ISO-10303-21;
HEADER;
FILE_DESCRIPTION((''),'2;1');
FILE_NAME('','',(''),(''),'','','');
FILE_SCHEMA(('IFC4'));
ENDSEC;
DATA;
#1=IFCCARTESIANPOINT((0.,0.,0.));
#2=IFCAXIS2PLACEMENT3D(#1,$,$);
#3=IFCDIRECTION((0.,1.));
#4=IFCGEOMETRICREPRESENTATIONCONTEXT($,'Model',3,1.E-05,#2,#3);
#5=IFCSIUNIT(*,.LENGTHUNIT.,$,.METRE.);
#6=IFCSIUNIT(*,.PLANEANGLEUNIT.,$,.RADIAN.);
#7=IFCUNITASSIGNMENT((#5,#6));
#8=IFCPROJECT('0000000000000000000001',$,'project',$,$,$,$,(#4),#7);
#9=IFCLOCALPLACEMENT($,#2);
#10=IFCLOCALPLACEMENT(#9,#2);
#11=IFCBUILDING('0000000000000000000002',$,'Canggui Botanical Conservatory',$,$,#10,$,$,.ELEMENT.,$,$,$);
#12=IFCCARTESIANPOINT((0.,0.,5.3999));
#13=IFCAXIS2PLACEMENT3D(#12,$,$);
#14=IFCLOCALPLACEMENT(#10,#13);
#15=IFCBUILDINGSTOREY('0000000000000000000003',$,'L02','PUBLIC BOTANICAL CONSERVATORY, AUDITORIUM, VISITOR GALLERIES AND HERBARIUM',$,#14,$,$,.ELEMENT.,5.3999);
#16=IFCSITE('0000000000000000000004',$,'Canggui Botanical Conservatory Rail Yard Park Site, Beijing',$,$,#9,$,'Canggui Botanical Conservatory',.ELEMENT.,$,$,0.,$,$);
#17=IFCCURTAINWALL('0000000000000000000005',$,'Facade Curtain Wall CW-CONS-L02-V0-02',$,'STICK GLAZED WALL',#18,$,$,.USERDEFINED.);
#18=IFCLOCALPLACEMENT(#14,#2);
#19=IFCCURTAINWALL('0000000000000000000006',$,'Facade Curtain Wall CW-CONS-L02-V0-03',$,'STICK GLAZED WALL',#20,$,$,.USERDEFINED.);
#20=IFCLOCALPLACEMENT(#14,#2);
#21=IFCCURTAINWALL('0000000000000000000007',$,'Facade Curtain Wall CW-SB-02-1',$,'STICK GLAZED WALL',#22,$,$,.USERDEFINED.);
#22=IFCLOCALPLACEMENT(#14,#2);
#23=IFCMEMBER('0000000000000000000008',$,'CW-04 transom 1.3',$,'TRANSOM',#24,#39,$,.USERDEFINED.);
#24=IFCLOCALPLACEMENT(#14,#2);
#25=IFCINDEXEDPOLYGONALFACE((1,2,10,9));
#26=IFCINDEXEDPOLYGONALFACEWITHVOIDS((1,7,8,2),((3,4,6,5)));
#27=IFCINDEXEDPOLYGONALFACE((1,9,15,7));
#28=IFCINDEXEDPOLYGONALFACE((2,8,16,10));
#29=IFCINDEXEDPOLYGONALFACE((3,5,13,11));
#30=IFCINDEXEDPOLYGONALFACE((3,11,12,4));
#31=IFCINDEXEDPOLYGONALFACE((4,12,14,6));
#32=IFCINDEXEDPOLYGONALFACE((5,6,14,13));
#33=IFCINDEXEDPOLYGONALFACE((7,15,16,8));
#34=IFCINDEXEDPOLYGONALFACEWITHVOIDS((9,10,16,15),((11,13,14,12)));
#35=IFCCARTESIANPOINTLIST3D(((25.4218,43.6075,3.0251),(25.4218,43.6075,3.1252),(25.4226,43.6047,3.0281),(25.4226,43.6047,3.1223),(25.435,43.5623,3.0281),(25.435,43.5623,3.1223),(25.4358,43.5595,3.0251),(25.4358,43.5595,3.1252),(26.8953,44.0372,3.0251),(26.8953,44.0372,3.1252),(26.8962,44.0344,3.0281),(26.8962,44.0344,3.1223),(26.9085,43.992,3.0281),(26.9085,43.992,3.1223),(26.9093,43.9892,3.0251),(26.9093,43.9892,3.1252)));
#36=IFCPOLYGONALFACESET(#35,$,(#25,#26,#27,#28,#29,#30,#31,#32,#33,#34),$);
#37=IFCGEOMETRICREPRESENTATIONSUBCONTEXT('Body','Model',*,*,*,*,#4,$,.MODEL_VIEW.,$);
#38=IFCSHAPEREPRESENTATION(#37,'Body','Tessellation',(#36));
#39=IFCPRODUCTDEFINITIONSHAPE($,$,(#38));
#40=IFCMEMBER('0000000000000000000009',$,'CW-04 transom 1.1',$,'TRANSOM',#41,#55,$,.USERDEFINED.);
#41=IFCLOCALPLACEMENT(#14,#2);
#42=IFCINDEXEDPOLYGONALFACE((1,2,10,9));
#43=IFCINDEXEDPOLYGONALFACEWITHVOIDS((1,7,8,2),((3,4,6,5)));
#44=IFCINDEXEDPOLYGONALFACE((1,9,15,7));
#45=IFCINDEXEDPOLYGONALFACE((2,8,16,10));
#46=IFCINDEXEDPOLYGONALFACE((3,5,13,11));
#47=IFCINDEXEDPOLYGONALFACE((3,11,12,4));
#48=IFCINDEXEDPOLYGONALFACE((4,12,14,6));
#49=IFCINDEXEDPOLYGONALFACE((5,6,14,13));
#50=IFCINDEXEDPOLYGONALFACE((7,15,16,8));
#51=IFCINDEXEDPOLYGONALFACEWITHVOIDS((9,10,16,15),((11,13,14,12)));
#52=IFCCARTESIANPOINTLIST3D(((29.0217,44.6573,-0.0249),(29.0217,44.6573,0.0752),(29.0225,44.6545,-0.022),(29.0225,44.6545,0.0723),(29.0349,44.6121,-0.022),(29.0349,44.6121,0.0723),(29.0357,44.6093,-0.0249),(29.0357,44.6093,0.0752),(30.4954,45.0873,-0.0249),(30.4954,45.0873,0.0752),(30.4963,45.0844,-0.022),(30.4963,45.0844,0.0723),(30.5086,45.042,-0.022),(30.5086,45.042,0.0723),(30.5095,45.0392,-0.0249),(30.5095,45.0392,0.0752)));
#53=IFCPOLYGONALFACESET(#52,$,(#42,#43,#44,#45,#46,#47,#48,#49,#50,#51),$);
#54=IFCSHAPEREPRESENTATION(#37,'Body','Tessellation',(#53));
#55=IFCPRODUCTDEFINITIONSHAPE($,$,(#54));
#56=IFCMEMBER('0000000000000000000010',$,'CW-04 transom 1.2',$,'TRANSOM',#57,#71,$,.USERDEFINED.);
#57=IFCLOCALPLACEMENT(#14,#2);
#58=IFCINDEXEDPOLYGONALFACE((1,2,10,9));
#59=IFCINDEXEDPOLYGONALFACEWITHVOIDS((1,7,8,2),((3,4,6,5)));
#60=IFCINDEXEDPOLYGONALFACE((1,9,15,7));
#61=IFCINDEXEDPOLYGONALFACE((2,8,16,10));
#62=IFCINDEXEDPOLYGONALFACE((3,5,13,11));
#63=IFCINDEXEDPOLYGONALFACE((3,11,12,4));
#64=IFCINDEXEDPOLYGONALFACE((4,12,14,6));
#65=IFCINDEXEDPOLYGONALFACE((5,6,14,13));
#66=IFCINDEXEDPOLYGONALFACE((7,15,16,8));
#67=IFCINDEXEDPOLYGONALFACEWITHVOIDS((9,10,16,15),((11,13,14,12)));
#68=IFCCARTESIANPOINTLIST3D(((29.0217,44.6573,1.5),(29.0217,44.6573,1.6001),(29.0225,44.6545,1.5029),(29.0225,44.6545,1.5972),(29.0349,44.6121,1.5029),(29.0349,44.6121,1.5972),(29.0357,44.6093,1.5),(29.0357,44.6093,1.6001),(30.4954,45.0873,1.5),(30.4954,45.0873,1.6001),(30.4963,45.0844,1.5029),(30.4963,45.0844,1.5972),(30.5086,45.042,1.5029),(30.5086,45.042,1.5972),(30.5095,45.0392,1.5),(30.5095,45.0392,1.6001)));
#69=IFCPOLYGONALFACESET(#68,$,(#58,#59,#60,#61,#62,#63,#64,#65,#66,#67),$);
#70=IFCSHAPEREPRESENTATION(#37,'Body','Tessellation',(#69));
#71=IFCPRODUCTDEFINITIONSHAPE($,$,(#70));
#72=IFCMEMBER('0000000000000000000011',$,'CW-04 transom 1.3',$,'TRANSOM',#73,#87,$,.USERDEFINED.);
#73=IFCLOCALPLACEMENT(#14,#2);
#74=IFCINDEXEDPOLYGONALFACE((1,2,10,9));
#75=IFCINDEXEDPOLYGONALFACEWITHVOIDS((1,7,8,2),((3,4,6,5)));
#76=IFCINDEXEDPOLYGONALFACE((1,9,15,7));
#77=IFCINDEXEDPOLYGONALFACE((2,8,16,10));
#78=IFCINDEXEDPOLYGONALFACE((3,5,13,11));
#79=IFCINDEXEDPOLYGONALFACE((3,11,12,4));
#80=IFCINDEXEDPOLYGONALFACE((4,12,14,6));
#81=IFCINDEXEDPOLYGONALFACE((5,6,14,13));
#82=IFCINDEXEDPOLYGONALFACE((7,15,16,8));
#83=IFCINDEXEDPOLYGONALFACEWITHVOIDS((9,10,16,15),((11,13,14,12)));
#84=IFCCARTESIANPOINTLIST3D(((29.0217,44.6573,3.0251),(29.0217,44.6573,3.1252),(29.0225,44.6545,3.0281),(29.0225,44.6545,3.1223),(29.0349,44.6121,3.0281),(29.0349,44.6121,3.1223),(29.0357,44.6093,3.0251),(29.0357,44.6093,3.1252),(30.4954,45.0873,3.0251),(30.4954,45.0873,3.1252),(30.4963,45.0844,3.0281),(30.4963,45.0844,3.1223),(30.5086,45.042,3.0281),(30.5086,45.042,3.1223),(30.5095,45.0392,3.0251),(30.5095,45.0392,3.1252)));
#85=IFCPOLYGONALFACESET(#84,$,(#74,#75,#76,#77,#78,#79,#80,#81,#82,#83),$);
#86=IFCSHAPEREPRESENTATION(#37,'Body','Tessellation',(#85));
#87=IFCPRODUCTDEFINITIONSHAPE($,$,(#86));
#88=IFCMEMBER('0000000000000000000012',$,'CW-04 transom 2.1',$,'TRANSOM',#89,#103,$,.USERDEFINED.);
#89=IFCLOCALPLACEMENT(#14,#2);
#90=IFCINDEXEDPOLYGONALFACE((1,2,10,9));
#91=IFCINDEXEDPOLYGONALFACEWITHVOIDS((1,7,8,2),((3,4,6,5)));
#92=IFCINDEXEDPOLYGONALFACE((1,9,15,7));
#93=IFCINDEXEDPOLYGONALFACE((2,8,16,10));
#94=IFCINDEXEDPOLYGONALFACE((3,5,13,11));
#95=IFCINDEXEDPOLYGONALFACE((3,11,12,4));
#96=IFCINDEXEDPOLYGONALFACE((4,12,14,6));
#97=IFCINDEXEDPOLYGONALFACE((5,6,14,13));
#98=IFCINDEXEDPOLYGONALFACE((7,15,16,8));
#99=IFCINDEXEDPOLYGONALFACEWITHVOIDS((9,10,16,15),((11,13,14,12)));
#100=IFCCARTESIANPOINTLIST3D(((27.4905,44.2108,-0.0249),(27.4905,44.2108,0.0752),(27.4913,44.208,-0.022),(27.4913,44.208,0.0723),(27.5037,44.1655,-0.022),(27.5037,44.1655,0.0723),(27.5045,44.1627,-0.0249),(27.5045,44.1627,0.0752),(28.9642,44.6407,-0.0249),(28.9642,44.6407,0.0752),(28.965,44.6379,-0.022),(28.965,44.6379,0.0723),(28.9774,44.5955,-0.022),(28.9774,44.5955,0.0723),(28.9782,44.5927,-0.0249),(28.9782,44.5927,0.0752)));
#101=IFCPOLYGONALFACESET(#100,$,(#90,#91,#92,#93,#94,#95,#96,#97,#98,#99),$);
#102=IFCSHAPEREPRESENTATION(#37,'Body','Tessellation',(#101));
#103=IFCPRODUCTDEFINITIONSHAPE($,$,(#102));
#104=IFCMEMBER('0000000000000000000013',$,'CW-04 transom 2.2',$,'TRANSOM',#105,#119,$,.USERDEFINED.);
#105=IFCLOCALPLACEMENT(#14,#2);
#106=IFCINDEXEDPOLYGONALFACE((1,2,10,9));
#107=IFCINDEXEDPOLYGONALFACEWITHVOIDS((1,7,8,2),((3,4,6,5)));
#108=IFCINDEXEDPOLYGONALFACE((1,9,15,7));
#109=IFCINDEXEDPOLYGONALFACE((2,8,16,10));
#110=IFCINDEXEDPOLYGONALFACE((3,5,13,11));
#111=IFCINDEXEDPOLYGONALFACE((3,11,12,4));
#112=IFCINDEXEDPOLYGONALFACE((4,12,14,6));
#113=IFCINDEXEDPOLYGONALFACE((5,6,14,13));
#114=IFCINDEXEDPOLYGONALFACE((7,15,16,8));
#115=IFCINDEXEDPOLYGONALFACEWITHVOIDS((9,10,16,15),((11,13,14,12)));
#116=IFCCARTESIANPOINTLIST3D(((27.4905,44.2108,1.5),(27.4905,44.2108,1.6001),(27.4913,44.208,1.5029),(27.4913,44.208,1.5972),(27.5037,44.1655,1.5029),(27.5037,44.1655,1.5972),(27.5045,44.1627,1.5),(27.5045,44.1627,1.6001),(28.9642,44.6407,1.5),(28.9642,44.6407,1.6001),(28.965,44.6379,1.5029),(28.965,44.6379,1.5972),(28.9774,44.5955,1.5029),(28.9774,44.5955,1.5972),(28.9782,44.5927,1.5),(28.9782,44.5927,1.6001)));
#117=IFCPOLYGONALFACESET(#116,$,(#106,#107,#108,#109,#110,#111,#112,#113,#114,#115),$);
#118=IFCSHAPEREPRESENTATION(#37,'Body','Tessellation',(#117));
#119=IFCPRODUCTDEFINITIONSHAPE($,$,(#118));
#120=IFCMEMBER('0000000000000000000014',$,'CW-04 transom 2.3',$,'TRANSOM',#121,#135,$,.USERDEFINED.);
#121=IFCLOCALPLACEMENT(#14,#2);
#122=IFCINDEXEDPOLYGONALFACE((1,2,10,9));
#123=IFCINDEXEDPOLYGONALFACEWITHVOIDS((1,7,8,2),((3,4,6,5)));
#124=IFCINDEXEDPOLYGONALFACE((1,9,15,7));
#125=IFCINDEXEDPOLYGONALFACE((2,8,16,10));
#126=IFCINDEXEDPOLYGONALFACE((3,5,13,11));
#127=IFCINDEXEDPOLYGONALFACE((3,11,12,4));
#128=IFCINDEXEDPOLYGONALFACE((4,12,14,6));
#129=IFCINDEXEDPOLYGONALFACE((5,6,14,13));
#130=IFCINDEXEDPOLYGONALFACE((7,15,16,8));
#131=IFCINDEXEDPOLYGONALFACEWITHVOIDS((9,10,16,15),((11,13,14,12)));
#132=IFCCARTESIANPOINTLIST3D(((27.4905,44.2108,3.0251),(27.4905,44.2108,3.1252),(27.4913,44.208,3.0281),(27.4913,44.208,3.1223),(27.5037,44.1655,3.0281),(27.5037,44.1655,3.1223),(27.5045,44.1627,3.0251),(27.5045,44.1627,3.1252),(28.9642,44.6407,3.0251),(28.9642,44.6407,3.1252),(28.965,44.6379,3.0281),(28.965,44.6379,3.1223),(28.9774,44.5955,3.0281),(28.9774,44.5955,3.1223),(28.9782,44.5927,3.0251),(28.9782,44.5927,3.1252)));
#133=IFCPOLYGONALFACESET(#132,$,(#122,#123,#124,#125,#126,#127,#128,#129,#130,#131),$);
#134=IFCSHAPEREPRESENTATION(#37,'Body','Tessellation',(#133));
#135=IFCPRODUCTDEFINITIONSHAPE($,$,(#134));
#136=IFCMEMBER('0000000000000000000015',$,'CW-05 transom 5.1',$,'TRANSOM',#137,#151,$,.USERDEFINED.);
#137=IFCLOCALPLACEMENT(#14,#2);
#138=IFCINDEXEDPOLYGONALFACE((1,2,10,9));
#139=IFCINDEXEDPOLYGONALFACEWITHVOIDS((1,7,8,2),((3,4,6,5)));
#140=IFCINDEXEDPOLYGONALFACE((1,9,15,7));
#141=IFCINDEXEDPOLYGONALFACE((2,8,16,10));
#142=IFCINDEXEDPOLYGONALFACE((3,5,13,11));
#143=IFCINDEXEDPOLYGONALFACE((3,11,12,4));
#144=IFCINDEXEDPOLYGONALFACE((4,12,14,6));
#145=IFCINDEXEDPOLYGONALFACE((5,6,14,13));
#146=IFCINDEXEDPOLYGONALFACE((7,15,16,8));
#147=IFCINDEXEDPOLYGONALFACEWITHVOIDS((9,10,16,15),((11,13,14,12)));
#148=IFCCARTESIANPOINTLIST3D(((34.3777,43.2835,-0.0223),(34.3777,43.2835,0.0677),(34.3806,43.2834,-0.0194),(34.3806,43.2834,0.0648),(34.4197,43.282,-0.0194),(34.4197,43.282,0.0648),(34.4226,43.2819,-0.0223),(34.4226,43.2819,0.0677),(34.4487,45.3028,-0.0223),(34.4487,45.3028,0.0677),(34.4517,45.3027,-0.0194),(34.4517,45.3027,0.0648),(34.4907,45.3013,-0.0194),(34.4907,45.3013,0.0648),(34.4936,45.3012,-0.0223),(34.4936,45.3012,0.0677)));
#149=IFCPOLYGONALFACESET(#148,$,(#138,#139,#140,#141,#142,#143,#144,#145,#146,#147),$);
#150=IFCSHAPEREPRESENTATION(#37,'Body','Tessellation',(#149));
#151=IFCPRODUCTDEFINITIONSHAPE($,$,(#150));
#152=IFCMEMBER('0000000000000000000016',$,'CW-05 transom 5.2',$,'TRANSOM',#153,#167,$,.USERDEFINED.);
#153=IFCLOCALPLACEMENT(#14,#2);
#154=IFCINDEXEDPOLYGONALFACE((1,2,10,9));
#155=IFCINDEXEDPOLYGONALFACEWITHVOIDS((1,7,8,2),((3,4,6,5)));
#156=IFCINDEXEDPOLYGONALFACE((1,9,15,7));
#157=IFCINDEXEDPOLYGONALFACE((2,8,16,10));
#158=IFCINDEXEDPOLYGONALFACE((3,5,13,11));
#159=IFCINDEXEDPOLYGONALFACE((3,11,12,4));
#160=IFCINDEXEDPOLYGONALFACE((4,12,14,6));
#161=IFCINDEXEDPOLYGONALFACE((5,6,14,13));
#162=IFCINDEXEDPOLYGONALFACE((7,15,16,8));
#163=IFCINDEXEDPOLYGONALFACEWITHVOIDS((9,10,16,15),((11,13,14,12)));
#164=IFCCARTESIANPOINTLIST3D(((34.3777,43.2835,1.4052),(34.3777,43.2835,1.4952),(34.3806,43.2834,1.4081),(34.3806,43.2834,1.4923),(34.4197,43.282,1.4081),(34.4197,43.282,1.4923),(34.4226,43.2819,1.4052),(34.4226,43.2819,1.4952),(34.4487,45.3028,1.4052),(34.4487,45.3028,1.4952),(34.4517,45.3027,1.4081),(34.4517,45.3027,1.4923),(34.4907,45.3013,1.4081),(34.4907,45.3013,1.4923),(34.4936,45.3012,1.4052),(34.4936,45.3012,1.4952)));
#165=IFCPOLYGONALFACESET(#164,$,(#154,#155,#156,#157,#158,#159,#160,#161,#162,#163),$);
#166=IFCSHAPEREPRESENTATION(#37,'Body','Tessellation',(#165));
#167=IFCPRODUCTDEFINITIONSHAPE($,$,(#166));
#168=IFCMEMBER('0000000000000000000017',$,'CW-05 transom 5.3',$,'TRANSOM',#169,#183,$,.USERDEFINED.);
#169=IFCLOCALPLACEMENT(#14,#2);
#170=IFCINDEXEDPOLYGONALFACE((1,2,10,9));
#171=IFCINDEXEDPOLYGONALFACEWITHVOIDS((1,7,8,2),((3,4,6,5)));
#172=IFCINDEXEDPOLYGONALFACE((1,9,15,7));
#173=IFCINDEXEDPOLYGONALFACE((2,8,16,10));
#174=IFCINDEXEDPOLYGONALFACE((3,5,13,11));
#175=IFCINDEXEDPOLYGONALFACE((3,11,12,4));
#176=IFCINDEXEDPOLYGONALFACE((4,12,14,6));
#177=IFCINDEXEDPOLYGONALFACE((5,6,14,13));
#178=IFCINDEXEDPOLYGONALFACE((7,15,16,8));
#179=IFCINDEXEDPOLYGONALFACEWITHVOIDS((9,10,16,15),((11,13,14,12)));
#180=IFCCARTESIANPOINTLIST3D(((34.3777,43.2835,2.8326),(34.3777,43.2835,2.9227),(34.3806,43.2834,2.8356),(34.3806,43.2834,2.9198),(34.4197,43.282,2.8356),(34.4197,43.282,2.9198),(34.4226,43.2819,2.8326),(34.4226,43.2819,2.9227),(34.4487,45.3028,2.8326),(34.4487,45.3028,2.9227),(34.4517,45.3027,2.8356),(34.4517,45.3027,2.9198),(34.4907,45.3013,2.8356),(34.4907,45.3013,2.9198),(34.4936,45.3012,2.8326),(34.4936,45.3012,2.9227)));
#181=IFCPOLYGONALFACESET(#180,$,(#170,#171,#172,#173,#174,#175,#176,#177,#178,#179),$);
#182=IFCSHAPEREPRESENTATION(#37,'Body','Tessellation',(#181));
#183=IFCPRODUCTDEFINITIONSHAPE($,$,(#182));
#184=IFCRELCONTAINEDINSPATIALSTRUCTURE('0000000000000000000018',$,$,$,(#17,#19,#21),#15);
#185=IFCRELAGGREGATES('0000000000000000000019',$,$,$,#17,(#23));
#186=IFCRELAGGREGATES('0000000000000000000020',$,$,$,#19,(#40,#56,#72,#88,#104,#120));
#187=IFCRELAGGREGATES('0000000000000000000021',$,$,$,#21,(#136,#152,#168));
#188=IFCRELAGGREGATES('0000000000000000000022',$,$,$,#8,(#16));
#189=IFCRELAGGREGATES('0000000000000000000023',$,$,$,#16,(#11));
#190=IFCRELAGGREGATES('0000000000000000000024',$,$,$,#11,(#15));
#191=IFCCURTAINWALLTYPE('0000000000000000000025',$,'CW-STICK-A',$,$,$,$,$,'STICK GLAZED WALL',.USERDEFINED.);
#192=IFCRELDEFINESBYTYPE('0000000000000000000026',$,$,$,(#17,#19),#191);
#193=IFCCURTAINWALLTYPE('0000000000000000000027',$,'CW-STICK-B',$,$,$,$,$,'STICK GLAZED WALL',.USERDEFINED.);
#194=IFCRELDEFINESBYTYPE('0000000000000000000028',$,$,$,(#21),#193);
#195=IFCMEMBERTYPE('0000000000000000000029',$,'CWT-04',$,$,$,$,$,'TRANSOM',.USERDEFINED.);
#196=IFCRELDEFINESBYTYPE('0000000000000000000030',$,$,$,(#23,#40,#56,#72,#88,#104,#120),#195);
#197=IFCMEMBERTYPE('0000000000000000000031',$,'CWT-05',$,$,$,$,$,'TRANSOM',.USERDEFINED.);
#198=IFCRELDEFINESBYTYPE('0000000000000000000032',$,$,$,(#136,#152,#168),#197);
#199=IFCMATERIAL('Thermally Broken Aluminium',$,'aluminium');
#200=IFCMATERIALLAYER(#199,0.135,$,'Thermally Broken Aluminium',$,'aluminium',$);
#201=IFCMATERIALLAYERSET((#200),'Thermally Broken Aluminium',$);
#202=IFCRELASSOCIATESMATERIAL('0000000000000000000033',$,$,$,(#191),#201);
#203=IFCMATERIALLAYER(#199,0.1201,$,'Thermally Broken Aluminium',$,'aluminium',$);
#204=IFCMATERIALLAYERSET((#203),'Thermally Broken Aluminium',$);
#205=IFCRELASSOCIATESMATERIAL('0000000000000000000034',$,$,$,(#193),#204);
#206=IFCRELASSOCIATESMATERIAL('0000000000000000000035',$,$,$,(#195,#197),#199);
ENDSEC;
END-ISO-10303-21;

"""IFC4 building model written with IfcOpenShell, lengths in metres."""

from ifc_helpers import new_model, si_unit, direction, frame, origin, origin_2d, place, context, subcontext, project, spatial, hollow_rectangle, extrude, material, layer, layer_set, material_profile, profile_set, type_object, element, aggregate, save


model = new_model("IFC4")

# Units and contexts
model_context = context("Model", 3, precision=1e-05, world=origin(), true_north=direction((0.0, 1.0)))
body_context = subcontext(model_context, "Body", "Model", "MODEL_VIEW")
ifc_project = project(units=[si_unit("LENGTHUNIT", "METRE"), si_unit("PLANEANGLEUNIT", "RADIAN")], contexts=[model_context])

# Site, building, storey
site_placement = place(None, origin())
site = spatial("IfcSite", under=ifc_project, at=site_placement, Name="Canggui Botanical Conservatory Rail Yard Park Site, Beijing", LongName="Canggui Botanical Conservatory", CompositionType="ELEMENT", RefElevation=0.0)
building_placement = place(site_placement, origin())
building = spatial("IfcBuilding", under=site, at=building_placement, Name="Canggui Botanical Conservatory", CompositionType="ELEMENT")
storey_placement = place(building_placement, frame((0.0, 0.0, 5.3999)))
storey = spatial("IfcBuildingStorey", under=building, at=storey_placement, Name="L02", Description="PUBLIC BOTANICAL CONSERVATORY, AUDITORIUM, VISITOR GALLERIES AND HERBARIUM", CompositionType="ELEMENT", Elevation=5.3999)

# Curtain wall
ifc_material_1 = material(Name="Thermally Broken Aluminium", Category="aluminium")
ifc_layer_1 = layer(ifc_material_1, 0.135, Name="Thermally Broken Aluminium", Category="aluminium")
ifc_layer_set_1 = layer_set([ifc_layer_1], Name="Thermally Broken Aluminium")
curtain_wall_type_1 = type_object("IfcCurtainWallType", Name="CW-STICK-A", ElementType="STICK GLAZED WALL", PredefinedType="USERDEFINED", material=ifc_layer_set_1)
curtain_wall_1_placement = place(storey_placement, origin())
curtain_wall_1 = element("IfcCurtainWall", 1, at=curtain_wall_1_placement, inside=storey, type_object=curtain_wall_type_1, Name="Facade Curtain Wall CW-CONS-L02-V0-02", ObjectType="STICK GLAZED WALL", PredefinedType="USERDEFINED")

# Curtain wall
curtain_wall_2_placement = place(storey_placement, origin())
curtain_wall_2 = element("IfcCurtainWall", 2, at=curtain_wall_2_placement, inside=storey, type_object=curtain_wall_type_1, Name="Facade Curtain Wall CW-CONS-L02-V0-03", ObjectType="STICK GLAZED WALL", PredefinedType="USERDEFINED")

# Curtain wall
ifc_layer_2 = layer(ifc_material_1, 0.1201, Name="Thermally Broken Aluminium", Category="aluminium")
ifc_layer_set_2 = layer_set([ifc_layer_2], Name="Thermally Broken Aluminium")
curtain_wall_type_2 = type_object("IfcCurtainWallType", Name="CW-STICK-B", ElementType="STICK GLAZED WALL", PredefinedType="USERDEFINED", material=ifc_layer_set_2)
curtain_wall_3_placement = place(storey_placement, origin())
curtain_wall_3 = element("IfcCurtainWall", 3, at=curtain_wall_3_placement, inside=storey, type_object=curtain_wall_type_2, Name="Facade Curtain Wall CW-SB-02-1", ObjectType="STICK GLAZED WALL", PredefinedType="USERDEFINED")

# Members
ifc_material_profile_1 = material_profile(ifc_material_1, hollow_rectangle(XDim=0.05, YDim=0.1001, WallThickness=0.0029, at=origin_2d()), Name="CWT 50x100x3")
ifc_profile_set_1 = profile_set([ifc_material_profile_1], Name="Thermally Broken Aluminium")
member_type_1 = type_object("IfcMemberType", Name="CWT-04", ElementType="TRANSOM", PredefinedType="USERDEFINED", material=ifc_profile_set_1)
member_1_placement = place(storey_placement, frame((26.9023, 44.0132, 3.0752), z_axis=(-0.960021, -0.279927, 0.0), x_axis=(0.279927, -0.960021, 0.0)))
member_1 = element("IfcMember", 4, at=member_1_placement, type_object=member_type_1, Name="CW-04 transom 1.3", ObjectType="TRANSOM", PredefinedType="USERDEFINED", context=body_context, shape_type="SweptSolid", body=[
    extrude(hollow_rectangle(XDim=0.05, YDim=0.1001, WallThickness=0.0029, at=origin_2d()), origin(), (0.0, 0.0, 1.0), 1.5349),
])
member_2_placement = place(storey_placement, frame((30.5024, 45.0632, 0.0251), z_axis=(-0.959979, -0.280073, 0.0), x_axis=(0.280073, -0.959979, 0.0)))
member_2 = element("IfcMember", 5, at=member_2_placement, type_object=member_type_1, Name="CW-04 transom 1.1", ObjectType="TRANSOM", PredefinedType="USERDEFINED", context=body_context, shape_type="SweptSolid", body=[
    extrude(hollow_rectangle(XDim=0.05, YDim=0.1001, WallThickness=0.0029, at=origin_2d()), origin(), (0.0, 0.0, 1.0), 1.5352),
])
member_3_placement = place(storey_placement, frame((30.5024, 45.0632, 1.55), z_axis=(-0.959979, -0.280073, 0.0), x_axis=(0.280073, -0.959979, 0.0)))
member_3 = element("IfcMember", 6, at=member_3_placement, type_object=member_type_1, Name="CW-04 transom 1.2", ObjectType="TRANSOM", PredefinedType="USERDEFINED", context=body_context, shape_type="SweptSolid", body=[
    extrude(hollow_rectangle(XDim=0.05, YDim=0.1001, WallThickness=0.0029, at=origin_2d()), origin(), (0.0, 0.0, 1.0), 1.5352),
])
member_4_placement = place(storey_placement, frame((30.5024, 45.0632, 3.0752), z_axis=(-0.959979, -0.280073, 0.0), x_axis=(0.280073, -0.959979, 0.0)))
member_4 = element("IfcMember", 7, at=member_4_placement, type_object=member_type_1, Name="CW-04 transom 1.3", ObjectType="TRANSOM", PredefinedType="USERDEFINED", context=body_context, shape_type="SweptSolid", body=[
    extrude(hollow_rectangle(XDim=0.05, YDim=0.1001, WallThickness=0.0029, at=origin_2d()), origin(), (0.0, 0.0, 1.0), 1.5352),
])
member_5_placement = place(storey_placement, frame((28.9712, 44.6167, 0.0251), z_axis=(-0.959979, -0.280073, 0.0), x_axis=(0.280073, -0.959979, 0.0)))
member_5 = element("IfcMember", 8, at=member_5_placement, type_object=member_type_1, Name="CW-04 transom 2.1", ObjectType="TRANSOM", PredefinedType="USERDEFINED", context=body_context, shape_type="SweptSolid", body=[
    extrude(hollow_rectangle(XDim=0.05, YDim=0.1001, WallThickness=0.0029, at=origin_2d()), origin(), (0.0, 0.0, 1.0), 1.5352),
])
member_6_placement = place(storey_placement, frame((28.9712, 44.6167, 1.55), z_axis=(-0.959979, -0.280073, 0.0), x_axis=(0.280073, -0.959979, 0.0)))
member_6 = element("IfcMember", 9, at=member_6_placement, type_object=member_type_1, Name="CW-04 transom 2.2", ObjectType="TRANSOM", PredefinedType="USERDEFINED", context=body_context, shape_type="SweptSolid", body=[
    extrude(hollow_rectangle(XDim=0.05, YDim=0.1001, WallThickness=0.0029, at=origin_2d()), origin(), (0.0, 0.0, 1.0), 1.5352),
])
member_7_placement = place(storey_placement, frame((28.9712, 44.6167, 3.0752), z_axis=(-0.959979, -0.280073, 0.0), x_axis=(0.280073, -0.959979, 0.0)))
member_7 = element("IfcMember", 10, at=member_7_placement, type_object=member_type_1, Name="CW-04 transom 2.3", ObjectType="TRANSOM", PredefinedType="USERDEFINED", context=body_context, shape_type="SweptSolid", body=[
    extrude(hollow_rectangle(XDim=0.05, YDim=0.1001, WallThickness=0.0029, at=origin_2d()), origin(), (0.0, 0.0, 1.0), 1.5352),
])
ifc_material_profile_2 = material_profile(ifc_material_1, hollow_rectangle(XDim=0.0449, YDim=0.0901, WallThickness=0.0029, at=origin_2d()), Name="CWT 45x90x3")
ifc_profile_set_2 = profile_set([ifc_material_profile_2], Name="Thermally Broken Aluminium")
member_type_2 = type_object("IfcMemberType", Name="CWT-05", ElementType="TRANSOM", PredefinedType="USERDEFINED", material=ifc_profile_set_2)
member_8_placement = place(storey_placement, frame((34.4001, 43.2827, 0.0227), z_axis=(0.035161, 0.999382, 0.0), x_axis=(-0.999382, 0.035161, 0.0)))
member_8 = element("IfcMember", 11, at=member_8_placement, type_object=member_type_2, Name="CW-05 transom 5.1", ObjectType="TRANSOM", PredefinedType="USERDEFINED", context=body_context, shape_type="SweptSolid", body=[
    extrude(hollow_rectangle(XDim=0.0449, YDim=0.0901, WallThickness=0.0029, at=origin_2d()), origin(), (0.0, 0.0, 1.0), 2.0205),
])
member_9_placement = place(storey_placement, frame((34.4001, 43.2827, 1.4502), z_axis=(0.035161, 0.999382, 0.0), x_axis=(-0.999382, 0.035161, 0.0)))
member_9 = element("IfcMember", 12, at=member_9_placement, type_object=member_type_2, Name="CW-05 transom 5.2", ObjectType="TRANSOM", PredefinedType="USERDEFINED", context=body_context, shape_type="SweptSolid", body=[
    extrude(hollow_rectangle(XDim=0.0449, YDim=0.0901, WallThickness=0.0029, at=origin_2d()), origin(), (0.0, 0.0, 1.0), 2.0205),
])
member_10_placement = place(storey_placement, frame((34.4001, 43.2827, 2.8777), z_axis=(0.035161, 0.999382, 0.0), x_axis=(-0.999382, 0.035161, 0.0)))
member_10 = element("IfcMember", 13, at=member_10_placement, type_object=member_type_2, Name="CW-05 transom 5.3", ObjectType="TRANSOM", PredefinedType="USERDEFINED", context=body_context, shape_type="SweptSolid", body=[
    extrude(hollow_rectangle(XDim=0.0449, YDim=0.0901, WallThickness=0.0029, at=origin_2d()), origin(), (0.0, 0.0, 1.0), 2.0205),
])

aggregate(curtain_wall_1, [member_1])
aggregate(curtain_wall_2, [member_2, member_3, member_4, member_5, member_6, member_7])
aggregate(curtain_wall_3, [member_8, member_9, member_10])

save(model, "model.ifc")
